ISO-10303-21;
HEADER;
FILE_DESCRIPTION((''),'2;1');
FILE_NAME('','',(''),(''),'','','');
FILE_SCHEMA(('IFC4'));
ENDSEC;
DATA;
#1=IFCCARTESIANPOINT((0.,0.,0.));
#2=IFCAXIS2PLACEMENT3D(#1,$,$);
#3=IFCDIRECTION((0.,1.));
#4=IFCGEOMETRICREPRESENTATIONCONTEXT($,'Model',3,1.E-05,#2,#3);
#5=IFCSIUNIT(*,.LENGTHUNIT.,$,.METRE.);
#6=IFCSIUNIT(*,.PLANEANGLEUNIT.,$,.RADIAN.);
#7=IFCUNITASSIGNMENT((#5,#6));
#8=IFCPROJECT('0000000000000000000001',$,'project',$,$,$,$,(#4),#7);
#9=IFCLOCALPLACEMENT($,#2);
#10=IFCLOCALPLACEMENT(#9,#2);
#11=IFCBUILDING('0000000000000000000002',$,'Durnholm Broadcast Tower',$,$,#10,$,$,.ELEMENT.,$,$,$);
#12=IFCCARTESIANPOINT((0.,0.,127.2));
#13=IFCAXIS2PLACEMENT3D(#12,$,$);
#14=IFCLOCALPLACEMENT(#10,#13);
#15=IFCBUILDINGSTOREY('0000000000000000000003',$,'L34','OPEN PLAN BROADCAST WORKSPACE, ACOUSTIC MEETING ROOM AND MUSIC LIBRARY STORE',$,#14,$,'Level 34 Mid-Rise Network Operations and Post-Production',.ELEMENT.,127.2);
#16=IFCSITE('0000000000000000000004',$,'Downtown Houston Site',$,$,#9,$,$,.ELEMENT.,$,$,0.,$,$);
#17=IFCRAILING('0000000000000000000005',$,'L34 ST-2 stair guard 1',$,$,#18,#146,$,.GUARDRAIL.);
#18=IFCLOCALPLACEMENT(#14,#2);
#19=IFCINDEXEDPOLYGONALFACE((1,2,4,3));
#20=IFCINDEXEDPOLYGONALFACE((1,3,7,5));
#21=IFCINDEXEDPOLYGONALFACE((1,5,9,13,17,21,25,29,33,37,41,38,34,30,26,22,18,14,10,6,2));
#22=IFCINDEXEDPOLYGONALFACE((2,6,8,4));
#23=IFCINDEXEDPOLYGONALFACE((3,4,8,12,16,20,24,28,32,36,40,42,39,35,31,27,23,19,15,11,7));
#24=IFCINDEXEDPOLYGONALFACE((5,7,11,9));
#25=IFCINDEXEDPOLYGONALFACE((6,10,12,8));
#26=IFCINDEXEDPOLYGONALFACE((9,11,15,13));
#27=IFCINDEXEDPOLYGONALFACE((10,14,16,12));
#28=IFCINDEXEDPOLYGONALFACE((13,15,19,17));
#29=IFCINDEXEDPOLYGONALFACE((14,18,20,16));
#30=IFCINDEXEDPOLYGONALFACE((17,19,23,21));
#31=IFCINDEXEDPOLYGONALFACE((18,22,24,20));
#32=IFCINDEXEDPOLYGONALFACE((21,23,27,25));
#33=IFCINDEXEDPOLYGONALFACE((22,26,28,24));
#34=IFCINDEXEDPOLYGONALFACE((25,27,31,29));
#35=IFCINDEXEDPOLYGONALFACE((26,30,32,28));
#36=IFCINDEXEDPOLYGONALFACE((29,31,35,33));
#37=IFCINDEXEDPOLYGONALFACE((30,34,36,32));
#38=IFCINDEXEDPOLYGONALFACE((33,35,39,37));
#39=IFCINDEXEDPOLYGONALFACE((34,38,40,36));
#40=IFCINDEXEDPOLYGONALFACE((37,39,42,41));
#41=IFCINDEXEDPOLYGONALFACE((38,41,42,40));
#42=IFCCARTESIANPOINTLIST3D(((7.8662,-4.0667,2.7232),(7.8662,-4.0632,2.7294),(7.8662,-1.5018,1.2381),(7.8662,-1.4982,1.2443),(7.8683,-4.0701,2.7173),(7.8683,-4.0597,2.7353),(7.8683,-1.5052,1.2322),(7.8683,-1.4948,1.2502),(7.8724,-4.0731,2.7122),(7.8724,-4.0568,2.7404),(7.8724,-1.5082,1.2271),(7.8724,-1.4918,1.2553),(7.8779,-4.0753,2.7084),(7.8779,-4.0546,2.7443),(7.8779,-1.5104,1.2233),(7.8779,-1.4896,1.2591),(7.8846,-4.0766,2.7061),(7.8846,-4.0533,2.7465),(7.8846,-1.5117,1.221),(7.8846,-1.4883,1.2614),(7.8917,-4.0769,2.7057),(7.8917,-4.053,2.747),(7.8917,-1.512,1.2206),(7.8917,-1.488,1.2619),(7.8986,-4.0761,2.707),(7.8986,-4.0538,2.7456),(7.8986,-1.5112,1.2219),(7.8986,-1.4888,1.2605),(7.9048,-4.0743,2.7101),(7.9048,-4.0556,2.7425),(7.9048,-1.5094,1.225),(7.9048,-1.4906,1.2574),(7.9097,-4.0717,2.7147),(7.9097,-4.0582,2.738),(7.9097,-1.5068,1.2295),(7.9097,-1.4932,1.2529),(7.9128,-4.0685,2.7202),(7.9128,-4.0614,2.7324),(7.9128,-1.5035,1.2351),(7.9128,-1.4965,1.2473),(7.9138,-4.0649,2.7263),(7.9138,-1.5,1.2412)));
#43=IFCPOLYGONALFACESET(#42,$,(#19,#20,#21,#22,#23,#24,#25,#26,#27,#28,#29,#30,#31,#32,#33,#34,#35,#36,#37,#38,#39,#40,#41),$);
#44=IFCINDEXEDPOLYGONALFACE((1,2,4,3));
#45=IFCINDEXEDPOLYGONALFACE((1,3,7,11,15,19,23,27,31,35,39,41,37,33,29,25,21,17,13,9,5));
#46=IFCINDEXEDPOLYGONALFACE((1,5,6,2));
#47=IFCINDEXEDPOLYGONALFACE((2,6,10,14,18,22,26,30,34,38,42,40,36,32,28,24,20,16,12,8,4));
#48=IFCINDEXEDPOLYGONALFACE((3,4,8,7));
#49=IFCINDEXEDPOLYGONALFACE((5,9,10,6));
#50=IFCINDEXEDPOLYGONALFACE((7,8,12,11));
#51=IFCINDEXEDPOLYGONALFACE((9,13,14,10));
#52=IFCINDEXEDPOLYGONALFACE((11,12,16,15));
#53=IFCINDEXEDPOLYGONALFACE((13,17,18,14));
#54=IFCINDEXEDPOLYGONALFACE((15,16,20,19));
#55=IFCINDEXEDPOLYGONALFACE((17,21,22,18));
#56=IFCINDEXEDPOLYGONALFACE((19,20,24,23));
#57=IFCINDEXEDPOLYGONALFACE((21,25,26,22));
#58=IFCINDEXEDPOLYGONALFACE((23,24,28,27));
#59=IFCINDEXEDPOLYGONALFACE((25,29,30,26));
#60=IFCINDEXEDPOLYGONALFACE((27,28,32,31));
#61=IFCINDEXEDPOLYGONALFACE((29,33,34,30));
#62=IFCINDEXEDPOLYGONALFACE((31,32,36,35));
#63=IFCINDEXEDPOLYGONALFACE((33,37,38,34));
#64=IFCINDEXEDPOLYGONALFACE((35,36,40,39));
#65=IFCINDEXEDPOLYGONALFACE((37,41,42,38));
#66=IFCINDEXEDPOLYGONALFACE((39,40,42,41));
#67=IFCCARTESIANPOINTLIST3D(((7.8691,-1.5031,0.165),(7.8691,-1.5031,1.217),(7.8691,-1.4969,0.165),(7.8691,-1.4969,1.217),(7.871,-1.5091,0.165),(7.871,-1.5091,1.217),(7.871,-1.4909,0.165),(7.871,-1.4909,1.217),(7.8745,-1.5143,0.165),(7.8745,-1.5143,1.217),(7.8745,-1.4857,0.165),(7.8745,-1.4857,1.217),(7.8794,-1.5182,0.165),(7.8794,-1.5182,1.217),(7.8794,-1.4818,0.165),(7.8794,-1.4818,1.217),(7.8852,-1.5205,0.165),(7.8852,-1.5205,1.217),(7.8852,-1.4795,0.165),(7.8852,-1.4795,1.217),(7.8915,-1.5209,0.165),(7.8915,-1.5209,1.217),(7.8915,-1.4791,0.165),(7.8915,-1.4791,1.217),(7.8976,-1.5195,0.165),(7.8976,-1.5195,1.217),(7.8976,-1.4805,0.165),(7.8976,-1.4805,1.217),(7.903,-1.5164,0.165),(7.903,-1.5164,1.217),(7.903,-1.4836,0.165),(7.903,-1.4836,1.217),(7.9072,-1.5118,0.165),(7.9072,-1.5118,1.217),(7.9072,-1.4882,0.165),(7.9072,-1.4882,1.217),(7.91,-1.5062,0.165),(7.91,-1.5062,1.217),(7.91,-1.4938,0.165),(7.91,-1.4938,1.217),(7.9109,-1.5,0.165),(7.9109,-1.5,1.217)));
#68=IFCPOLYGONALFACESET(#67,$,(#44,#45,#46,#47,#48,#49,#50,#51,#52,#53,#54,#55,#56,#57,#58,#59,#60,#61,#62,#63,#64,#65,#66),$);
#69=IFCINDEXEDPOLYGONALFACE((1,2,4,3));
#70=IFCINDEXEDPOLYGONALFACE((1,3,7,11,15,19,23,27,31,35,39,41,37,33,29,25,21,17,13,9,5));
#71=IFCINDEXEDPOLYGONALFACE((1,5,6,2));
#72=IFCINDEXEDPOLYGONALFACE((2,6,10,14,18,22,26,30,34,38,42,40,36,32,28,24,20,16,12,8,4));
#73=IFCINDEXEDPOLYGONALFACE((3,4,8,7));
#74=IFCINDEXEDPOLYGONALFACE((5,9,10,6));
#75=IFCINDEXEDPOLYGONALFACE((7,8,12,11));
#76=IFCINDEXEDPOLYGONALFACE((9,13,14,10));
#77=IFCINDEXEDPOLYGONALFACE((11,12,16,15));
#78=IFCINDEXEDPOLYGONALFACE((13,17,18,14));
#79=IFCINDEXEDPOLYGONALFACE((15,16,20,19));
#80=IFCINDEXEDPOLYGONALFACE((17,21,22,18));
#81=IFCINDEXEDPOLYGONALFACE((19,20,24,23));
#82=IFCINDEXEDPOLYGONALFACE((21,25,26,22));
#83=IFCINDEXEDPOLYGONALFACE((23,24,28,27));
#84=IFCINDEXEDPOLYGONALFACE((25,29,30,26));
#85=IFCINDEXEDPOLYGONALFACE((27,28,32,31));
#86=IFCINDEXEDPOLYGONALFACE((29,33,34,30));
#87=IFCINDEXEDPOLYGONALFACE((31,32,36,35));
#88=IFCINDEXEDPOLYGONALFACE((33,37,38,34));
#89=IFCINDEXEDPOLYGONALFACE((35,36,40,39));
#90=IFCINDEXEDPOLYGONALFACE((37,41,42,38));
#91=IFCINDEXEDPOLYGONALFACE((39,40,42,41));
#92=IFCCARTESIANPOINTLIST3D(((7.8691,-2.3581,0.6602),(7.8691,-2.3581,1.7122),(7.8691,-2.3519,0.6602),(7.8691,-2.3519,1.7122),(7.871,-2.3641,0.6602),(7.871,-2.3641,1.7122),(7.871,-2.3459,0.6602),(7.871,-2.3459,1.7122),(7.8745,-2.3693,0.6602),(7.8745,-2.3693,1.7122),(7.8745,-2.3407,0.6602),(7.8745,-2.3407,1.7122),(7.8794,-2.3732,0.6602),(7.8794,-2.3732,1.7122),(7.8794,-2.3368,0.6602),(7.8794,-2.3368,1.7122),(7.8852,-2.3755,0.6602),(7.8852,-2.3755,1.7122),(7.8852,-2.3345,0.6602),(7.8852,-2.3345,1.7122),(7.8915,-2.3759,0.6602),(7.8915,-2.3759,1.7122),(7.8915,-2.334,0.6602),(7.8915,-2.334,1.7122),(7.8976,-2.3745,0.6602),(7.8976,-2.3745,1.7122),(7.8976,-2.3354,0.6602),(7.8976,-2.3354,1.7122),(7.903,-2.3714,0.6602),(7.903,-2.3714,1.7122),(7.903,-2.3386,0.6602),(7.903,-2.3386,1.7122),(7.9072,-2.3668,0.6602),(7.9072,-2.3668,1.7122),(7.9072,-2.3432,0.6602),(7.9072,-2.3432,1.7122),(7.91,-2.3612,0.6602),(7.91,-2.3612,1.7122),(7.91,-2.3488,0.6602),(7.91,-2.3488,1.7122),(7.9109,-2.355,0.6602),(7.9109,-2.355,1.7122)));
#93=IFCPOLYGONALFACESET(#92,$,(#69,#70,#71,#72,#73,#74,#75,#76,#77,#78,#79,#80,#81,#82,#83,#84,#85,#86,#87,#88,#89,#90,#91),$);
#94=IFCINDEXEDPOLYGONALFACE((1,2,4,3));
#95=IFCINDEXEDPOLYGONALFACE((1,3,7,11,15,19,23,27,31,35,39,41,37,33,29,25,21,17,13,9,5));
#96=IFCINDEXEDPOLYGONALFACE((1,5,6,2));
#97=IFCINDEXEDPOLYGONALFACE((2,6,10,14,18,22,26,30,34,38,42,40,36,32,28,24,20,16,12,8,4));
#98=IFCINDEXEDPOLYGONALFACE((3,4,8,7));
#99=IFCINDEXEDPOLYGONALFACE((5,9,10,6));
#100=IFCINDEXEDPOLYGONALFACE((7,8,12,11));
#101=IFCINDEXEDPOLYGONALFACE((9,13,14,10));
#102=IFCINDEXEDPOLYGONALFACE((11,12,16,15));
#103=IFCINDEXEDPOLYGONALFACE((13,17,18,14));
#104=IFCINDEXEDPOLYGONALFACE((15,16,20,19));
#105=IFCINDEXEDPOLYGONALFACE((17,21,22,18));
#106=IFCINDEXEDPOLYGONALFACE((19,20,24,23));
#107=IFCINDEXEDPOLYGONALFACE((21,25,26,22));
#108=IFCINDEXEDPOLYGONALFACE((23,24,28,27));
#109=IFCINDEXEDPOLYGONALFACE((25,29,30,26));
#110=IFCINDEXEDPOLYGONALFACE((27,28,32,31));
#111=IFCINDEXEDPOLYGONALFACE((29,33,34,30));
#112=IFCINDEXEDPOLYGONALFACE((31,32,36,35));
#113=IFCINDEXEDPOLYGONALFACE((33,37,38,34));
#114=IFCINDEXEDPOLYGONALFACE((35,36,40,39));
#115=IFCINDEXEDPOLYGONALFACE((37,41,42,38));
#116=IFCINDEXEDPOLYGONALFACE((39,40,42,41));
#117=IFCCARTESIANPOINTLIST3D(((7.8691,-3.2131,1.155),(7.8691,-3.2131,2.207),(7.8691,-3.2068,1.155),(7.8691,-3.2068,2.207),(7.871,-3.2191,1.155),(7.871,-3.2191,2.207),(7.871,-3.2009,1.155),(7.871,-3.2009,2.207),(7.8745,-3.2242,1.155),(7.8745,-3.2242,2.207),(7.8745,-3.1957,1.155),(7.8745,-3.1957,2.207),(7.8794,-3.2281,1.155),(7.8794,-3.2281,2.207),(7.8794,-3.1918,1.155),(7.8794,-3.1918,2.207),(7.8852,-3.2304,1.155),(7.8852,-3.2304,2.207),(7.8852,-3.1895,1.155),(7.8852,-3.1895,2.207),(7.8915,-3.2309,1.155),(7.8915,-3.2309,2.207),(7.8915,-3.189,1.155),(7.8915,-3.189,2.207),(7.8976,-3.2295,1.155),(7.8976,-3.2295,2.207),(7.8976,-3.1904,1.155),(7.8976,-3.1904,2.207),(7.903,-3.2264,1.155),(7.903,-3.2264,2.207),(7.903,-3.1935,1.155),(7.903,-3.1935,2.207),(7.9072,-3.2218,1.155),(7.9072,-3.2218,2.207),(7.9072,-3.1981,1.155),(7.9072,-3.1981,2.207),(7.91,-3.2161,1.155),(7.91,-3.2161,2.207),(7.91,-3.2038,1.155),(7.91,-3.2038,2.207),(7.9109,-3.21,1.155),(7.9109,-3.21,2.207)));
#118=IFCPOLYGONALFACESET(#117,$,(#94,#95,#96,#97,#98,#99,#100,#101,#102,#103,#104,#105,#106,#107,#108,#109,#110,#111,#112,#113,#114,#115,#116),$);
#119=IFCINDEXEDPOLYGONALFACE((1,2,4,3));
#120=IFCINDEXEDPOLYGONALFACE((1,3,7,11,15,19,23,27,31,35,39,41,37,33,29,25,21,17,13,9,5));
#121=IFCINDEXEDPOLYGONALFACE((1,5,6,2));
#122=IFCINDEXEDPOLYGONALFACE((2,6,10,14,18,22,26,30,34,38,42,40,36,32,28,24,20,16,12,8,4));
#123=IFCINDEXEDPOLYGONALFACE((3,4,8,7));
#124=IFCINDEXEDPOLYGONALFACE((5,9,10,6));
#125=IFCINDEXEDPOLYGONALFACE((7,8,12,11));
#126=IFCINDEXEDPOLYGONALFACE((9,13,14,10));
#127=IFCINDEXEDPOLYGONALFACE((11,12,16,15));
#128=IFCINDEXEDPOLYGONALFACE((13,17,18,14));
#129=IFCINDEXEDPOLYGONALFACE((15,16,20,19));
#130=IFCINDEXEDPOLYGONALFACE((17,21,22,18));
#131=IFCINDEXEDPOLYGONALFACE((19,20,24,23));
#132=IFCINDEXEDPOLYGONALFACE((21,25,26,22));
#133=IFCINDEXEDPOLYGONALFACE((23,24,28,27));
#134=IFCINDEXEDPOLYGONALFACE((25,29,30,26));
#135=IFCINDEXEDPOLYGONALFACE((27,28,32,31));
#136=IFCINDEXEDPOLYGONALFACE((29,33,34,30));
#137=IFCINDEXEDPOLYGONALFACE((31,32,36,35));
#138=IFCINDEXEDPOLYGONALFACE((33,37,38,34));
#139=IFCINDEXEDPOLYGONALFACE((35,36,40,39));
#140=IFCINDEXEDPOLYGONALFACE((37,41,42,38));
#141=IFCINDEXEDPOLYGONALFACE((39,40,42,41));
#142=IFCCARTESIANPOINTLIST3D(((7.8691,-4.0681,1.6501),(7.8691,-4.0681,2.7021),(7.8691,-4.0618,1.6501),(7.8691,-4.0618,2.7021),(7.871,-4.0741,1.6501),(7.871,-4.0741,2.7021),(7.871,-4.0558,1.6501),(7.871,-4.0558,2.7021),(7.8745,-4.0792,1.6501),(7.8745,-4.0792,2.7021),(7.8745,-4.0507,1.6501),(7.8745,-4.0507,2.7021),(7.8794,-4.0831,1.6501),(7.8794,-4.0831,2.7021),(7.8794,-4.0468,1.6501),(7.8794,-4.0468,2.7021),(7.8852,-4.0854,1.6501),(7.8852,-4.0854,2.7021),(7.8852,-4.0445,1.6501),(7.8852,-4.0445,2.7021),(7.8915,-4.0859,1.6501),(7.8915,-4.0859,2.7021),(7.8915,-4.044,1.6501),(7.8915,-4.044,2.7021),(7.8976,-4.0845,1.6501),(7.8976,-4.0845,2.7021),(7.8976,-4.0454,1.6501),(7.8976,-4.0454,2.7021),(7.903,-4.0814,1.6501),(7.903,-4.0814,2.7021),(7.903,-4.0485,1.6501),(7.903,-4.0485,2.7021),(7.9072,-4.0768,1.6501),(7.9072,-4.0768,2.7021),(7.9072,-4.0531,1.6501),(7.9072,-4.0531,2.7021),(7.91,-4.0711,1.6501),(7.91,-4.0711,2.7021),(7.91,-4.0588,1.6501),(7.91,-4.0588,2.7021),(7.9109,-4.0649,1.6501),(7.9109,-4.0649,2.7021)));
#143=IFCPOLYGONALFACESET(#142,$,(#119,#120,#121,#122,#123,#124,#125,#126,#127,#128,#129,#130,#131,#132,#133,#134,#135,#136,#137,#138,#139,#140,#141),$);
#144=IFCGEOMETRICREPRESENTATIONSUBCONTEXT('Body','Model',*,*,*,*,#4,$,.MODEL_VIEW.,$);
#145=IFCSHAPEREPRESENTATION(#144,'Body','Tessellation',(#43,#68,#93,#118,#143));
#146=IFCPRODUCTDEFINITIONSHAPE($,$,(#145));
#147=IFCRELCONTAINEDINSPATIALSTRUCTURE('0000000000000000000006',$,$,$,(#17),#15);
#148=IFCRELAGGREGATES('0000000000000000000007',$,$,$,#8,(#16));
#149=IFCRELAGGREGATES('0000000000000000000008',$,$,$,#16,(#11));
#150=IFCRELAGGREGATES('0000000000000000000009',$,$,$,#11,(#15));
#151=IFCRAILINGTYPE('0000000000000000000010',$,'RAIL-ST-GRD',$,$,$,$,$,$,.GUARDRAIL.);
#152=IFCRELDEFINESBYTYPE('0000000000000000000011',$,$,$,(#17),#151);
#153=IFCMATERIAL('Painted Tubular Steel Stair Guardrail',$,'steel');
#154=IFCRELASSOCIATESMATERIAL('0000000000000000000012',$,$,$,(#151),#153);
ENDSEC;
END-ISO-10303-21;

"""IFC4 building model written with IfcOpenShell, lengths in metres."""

from ifc_helpers import new_model, si_unit, direction, frame, origin, origin_2d, place, context, subcontext, project, spatial, circle, extrude, material, type_object, element, save


model = new_model("IFC4")

# Units and contexts
model_context = context("Model", 3, precision=1e-05, world=origin(), true_north=direction((0.0, 1.0)))
body_context = subcontext(model_context, "Body", "Model", "MODEL_VIEW")
ifc_project = project(units=[si_unit("LENGTHUNIT", "METRE"), si_unit("PLANEANGLEUNIT", "RADIAN")], contexts=[model_context])

# Site, building, storey
site_placement = place(None, origin())
site = spatial("IfcSite", under=ifc_project, at=site_placement, Name="Downtown Houston Site", CompositionType="ELEMENT", RefElevation=0.0)
building_placement = place(site_placement, origin())
building = spatial("IfcBuilding", under=site, at=building_placement, Name="Durnholm Broadcast Tower", CompositionType="ELEMENT")
storey_placement = place(building_placement, frame((0.0, 0.0, 127.2)))
storey = spatial("IfcBuildingStorey", under=building, at=storey_placement, Name="L34", Description="OPEN PLAN BROADCAST WORKSPACE, ACOUSTIC MEETING ROOM AND MUSIC LIBRARY STORE", LongName="Level 34 Mid-Rise Network Operations and Post-Production", CompositionType="ELEMENT", Elevation=127.2)

# Railing
ifc_material_1 = material(Name="Painted Tubular Steel Stair Guardrail", Category="steel")
railing_type_1 = type_object("IfcRailingType", Name="RAIL-ST-GRD", PredefinedType="GUARDRAIL", material=ifc_material_1)
railing_1_placement = place(storey_placement, frame((7.8899, -1.5, 0.165)))
element("IfcRailing", 1, at=railing_1_placement, inside=storey, type_object=railing_type_1, Name="L34 ST-2 stair guard 1", PredefinedType="GUARDRAIL", context=body_context, shape_type="SweptSolid", body=[
    extrude(circle(Radius=0.0239, at=origin_2d()), frame((0.0, 0.0, 1.0762), z_axis=(0.0, -0.865406, 0.501072), x_axis=(1.0, 0.0, 0.0)), (0.0, 0.0, 1.0), 2.9639),
    extrude(circle(Radius=0.021, at=origin_2d()), origin(), (0.0, 0.0, 1.0), 1.052),
    extrude(circle(Radius=0.021, at=origin_2d()), frame((0.0, -0.855, 0.4951)), (0.0, 0.0, 1.0), 1.052),
    extrude(circle(Radius=0.021, at=origin_2d()), frame((0.0, -1.71, 0.99)), (0.0, 0.0, 1.0), 1.052),
    extrude(circle(Radius=0.021, at=origin_2d()), frame((0.0, -2.5649, 1.4851)), (0.0, 0.0, 1.0), 1.052),
])

save(model, "model.ifc")
